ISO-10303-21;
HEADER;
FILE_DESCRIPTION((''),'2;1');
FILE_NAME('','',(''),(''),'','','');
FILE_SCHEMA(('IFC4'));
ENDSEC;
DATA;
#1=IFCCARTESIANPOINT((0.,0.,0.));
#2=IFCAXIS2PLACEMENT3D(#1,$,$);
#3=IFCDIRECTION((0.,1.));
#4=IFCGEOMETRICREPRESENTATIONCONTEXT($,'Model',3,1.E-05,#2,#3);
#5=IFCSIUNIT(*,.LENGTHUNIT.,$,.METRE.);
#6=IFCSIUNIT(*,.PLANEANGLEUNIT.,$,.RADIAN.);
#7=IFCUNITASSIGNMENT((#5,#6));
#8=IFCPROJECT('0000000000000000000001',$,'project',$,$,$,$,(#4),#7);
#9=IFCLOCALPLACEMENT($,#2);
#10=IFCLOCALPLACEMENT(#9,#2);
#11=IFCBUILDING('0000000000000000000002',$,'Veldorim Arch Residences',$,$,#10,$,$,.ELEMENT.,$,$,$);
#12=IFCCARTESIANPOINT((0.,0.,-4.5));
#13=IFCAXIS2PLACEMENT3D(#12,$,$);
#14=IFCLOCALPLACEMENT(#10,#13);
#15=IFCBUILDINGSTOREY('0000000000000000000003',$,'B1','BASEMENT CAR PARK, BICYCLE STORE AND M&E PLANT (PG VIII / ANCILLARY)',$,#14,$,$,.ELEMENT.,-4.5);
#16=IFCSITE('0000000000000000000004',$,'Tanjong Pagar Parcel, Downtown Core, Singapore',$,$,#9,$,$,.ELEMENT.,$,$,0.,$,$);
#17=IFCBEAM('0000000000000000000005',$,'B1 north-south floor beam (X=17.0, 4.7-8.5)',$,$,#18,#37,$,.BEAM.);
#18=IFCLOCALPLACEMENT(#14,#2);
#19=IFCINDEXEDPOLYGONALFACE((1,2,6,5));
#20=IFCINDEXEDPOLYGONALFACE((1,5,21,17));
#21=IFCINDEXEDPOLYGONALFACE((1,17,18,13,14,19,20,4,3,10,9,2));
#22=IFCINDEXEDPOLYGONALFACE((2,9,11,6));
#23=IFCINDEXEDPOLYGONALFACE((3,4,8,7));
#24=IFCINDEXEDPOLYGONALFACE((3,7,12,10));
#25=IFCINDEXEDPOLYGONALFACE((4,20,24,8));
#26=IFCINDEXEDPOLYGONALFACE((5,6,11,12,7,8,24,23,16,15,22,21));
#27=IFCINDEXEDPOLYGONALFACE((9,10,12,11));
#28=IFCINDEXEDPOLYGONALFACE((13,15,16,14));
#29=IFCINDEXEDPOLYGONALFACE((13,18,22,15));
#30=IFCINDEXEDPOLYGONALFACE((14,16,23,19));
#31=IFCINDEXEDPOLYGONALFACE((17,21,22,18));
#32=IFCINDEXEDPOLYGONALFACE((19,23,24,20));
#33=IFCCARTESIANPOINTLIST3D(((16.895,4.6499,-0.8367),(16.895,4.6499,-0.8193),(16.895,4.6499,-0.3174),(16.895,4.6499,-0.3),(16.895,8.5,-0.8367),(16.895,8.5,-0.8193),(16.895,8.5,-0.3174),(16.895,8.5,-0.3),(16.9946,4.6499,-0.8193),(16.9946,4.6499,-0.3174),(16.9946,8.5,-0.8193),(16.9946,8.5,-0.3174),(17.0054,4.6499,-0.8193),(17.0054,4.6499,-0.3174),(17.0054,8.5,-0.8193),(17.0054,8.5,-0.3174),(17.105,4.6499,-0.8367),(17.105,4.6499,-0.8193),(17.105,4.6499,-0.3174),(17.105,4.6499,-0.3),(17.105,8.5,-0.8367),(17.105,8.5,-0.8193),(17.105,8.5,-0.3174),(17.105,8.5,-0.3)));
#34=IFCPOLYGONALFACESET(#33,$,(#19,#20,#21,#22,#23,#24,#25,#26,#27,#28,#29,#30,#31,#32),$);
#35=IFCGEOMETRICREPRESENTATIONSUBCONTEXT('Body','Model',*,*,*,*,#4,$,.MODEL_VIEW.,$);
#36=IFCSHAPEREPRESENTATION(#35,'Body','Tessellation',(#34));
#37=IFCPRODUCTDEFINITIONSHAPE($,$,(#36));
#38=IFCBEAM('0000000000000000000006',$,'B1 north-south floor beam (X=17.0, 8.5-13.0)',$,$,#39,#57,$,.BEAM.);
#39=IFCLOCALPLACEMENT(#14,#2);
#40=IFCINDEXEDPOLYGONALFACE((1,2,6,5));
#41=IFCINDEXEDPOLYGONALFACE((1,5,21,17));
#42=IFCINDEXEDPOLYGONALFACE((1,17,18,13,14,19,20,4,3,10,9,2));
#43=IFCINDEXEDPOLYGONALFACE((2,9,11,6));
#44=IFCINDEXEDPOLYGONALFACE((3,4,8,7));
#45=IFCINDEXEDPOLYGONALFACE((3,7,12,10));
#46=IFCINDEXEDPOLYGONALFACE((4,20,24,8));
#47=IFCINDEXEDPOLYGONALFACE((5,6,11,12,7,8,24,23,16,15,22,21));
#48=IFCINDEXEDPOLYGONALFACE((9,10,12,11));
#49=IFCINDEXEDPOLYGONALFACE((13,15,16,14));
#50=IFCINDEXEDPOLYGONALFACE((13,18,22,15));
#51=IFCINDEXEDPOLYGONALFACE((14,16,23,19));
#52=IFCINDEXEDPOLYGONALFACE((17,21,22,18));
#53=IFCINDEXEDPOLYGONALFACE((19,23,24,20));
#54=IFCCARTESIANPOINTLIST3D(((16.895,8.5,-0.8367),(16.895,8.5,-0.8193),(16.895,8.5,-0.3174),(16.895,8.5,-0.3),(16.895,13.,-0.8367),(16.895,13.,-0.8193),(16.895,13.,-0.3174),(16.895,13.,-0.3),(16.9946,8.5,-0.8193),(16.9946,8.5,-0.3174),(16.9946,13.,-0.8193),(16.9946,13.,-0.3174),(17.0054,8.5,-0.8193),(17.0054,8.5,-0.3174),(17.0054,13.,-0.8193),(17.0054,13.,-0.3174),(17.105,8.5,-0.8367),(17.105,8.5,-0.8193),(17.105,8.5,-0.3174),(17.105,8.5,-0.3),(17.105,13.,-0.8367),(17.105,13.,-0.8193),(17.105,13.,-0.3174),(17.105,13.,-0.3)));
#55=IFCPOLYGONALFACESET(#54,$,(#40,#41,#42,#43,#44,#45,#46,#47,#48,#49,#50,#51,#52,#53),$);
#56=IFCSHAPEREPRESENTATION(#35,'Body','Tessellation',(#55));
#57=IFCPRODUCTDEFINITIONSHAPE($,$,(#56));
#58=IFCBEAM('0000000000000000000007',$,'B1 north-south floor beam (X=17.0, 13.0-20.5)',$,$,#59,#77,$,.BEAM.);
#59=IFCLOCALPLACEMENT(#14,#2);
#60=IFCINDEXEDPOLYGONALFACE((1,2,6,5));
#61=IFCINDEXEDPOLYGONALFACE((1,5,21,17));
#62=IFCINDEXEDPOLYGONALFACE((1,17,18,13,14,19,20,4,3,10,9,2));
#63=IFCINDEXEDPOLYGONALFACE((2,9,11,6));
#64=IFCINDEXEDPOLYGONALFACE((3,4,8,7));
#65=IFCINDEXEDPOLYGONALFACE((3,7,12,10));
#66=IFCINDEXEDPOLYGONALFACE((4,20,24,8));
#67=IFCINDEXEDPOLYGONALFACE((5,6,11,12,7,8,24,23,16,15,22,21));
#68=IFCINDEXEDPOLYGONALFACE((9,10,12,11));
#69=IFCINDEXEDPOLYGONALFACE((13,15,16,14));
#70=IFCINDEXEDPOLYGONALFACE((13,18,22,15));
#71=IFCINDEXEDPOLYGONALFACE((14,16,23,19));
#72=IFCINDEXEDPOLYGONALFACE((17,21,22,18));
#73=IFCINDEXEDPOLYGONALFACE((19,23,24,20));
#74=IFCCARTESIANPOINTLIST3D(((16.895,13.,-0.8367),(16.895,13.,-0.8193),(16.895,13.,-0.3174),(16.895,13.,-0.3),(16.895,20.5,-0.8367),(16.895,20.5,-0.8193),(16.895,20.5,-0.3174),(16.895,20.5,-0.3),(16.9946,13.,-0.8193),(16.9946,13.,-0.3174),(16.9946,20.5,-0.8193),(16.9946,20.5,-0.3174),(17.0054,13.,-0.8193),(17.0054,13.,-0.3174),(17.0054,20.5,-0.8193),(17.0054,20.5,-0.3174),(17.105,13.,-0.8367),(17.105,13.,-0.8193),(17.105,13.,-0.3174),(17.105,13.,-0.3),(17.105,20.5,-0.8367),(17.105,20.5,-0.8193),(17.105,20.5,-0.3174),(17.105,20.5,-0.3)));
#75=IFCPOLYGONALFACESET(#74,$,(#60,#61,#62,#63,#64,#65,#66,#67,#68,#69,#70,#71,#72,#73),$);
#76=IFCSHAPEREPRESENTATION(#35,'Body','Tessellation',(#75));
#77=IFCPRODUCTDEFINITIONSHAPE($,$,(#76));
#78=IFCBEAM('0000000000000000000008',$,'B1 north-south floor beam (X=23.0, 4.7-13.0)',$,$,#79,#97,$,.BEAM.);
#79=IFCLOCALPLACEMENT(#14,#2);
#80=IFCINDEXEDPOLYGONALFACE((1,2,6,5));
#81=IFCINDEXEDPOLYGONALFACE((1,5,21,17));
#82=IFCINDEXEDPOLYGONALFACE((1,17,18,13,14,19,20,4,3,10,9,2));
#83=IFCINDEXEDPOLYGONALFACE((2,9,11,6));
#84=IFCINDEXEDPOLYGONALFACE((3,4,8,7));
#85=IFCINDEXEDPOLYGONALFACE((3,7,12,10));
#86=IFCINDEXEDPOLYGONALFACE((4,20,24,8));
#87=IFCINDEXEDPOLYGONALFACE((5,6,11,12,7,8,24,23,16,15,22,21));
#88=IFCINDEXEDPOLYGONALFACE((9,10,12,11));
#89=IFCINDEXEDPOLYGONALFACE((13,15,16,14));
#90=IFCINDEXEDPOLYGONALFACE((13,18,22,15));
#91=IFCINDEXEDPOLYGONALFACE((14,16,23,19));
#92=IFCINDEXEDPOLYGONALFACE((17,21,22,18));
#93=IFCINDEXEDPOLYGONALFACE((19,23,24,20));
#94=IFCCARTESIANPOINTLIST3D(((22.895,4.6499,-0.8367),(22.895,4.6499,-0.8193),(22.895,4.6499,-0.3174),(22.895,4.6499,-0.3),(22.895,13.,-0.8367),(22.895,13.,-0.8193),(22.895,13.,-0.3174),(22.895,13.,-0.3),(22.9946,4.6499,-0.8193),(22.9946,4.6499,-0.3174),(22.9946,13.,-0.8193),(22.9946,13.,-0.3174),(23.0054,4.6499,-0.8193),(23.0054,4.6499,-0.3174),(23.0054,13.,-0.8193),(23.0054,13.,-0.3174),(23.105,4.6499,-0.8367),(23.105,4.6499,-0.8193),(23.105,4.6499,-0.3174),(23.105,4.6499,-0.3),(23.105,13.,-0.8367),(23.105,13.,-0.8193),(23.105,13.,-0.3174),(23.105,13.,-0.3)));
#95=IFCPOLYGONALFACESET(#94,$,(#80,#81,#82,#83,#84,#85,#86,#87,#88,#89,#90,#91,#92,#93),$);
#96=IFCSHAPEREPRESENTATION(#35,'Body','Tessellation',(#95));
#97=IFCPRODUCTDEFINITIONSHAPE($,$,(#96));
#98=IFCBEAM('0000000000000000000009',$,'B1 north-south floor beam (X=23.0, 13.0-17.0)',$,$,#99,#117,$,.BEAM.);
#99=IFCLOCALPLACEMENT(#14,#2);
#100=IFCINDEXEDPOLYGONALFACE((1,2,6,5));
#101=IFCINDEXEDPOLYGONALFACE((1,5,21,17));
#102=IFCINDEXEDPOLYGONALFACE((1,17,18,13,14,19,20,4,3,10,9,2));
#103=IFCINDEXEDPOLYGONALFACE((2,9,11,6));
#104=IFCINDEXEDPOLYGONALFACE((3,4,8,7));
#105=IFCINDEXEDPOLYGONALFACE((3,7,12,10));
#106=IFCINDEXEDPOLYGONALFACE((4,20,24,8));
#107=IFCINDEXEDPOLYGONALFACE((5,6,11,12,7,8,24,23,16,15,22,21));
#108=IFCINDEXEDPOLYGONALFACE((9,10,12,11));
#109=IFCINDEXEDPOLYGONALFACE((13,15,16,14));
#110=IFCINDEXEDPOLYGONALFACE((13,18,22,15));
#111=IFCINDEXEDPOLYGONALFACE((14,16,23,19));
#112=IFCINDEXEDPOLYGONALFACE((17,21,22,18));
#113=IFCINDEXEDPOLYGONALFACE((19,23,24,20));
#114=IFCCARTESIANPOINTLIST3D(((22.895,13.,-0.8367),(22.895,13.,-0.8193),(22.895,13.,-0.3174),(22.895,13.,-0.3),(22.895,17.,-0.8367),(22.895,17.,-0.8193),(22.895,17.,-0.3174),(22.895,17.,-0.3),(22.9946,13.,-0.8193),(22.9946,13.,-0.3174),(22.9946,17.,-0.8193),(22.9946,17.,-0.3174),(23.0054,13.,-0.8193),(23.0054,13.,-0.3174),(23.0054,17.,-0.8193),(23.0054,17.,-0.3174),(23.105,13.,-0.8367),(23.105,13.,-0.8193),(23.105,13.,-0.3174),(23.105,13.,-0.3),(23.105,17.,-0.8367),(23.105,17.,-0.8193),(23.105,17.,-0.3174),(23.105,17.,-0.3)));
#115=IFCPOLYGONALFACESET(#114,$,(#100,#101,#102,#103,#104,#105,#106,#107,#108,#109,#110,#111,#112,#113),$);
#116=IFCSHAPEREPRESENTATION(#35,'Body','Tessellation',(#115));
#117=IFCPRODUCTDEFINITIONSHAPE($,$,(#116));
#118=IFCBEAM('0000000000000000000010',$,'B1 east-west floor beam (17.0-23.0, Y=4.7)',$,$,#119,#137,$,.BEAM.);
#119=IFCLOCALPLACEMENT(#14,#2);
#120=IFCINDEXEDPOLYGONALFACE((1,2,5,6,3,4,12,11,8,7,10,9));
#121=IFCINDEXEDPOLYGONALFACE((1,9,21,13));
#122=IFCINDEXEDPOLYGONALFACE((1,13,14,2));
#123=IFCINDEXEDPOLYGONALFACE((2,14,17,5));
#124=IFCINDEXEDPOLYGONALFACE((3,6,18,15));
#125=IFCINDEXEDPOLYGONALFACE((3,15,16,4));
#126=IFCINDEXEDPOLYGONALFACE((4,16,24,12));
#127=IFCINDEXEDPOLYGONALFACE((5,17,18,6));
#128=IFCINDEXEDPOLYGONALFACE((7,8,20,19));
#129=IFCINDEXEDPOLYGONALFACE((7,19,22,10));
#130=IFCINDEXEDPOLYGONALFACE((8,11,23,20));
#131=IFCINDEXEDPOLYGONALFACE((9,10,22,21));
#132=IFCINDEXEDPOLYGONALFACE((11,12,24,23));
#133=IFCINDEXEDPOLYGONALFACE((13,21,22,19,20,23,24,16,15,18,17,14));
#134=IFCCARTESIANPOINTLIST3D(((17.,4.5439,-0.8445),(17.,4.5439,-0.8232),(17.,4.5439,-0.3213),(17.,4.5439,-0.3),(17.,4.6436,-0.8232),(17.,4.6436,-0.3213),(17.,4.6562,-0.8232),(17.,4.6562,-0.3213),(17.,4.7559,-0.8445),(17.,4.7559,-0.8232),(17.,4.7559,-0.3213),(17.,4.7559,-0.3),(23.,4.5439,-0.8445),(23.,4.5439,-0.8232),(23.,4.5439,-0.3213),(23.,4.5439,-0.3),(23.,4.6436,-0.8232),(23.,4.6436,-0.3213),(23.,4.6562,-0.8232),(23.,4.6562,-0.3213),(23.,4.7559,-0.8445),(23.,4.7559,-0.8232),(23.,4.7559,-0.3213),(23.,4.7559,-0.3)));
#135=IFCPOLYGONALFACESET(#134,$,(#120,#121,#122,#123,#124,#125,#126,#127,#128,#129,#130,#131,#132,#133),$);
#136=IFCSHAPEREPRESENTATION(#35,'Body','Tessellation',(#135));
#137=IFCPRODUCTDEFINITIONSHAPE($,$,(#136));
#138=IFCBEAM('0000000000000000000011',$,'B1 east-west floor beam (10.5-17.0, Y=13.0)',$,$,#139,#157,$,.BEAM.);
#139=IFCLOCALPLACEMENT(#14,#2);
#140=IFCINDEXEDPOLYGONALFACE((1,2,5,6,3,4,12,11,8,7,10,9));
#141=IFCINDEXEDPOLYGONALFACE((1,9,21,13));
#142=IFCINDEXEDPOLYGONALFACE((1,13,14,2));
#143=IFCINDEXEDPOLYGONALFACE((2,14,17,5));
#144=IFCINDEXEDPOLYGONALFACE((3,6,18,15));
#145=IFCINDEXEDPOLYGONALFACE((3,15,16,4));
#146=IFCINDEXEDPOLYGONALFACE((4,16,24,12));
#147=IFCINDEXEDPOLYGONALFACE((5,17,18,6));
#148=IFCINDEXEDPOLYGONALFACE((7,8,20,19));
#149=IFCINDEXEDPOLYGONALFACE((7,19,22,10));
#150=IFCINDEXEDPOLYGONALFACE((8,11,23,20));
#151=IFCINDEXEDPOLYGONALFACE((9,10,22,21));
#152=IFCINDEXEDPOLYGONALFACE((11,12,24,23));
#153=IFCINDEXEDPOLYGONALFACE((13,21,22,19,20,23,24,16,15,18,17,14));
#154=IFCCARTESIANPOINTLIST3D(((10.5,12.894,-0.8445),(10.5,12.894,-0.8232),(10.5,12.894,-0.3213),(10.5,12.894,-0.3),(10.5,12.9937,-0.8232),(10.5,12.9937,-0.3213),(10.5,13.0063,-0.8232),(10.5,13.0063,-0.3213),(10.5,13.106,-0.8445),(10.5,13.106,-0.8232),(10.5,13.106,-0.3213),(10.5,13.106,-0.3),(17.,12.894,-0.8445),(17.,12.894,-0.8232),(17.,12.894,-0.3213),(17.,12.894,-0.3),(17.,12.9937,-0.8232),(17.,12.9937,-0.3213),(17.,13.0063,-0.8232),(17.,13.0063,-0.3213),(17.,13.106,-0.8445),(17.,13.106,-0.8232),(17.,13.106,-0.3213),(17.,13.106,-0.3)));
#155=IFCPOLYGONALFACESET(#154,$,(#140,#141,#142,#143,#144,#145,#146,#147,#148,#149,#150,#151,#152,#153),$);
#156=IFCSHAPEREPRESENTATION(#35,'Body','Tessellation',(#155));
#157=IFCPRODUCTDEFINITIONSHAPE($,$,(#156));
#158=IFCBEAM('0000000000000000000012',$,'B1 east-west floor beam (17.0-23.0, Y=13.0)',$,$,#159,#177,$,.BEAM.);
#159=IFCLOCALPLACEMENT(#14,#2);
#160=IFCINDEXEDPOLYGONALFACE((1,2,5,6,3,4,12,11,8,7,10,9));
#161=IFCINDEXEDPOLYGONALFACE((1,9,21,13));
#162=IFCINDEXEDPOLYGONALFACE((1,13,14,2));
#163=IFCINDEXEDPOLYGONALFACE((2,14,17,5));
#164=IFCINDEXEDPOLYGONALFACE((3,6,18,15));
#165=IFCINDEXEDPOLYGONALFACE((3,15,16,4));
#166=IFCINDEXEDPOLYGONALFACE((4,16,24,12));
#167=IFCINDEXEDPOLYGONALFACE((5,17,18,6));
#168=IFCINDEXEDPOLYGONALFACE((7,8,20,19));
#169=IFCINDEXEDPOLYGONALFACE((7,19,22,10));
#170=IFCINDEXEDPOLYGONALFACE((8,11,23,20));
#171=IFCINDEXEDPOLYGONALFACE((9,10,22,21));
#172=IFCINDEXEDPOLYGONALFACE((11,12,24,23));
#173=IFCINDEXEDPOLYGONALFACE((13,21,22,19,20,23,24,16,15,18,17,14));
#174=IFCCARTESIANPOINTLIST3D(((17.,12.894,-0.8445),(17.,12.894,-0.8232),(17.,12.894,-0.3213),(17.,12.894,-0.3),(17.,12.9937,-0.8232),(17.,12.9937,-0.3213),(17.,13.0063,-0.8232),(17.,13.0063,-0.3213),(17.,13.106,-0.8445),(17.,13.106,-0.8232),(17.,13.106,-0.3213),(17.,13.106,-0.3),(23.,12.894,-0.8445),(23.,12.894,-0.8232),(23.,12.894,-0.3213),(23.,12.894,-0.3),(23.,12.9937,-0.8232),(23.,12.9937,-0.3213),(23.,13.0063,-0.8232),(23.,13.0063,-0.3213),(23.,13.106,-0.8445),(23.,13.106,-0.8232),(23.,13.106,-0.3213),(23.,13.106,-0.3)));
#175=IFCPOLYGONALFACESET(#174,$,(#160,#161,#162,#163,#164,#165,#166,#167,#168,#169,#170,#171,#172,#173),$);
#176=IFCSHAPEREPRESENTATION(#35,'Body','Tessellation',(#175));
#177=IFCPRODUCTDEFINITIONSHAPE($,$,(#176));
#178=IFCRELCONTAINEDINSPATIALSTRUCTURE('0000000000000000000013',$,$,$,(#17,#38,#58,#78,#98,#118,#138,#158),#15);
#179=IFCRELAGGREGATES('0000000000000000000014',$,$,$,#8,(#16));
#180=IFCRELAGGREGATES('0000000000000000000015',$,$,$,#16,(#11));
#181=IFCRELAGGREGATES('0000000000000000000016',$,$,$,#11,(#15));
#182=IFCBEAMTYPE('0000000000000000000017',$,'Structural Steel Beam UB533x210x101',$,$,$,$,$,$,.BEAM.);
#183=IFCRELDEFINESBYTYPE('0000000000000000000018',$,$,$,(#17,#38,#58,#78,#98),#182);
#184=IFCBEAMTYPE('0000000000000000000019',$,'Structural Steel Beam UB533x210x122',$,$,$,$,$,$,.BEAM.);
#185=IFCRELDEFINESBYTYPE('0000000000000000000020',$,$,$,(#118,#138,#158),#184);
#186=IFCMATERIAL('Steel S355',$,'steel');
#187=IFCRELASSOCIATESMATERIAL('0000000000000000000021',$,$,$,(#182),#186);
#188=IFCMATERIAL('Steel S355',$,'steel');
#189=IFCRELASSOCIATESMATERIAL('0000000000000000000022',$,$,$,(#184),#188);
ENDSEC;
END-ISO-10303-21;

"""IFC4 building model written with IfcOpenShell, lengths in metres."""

from ifc_helpers import new_model, si_unit, direction, frame, origin, origin_2d, place, context, subcontext, project, spatial, i_section, extrude, material, material_profile, profile_set, type_object, element, save


model = new_model("IFC4")

# Units and contexts
model_context = context("Model", 3, precision=1e-05, world=origin(), true_north=direction((0.0, 1.0)))
body_context = subcontext(model_context, "Body", "Model", "MODEL_VIEW")
ifc_project = project(units=[si_unit("LENGTHUNIT", "METRE"), si_unit("PLANEANGLEUNIT", "RADIAN")], contexts=[model_context])

# Site, building, storey
site_placement = place(None, origin())
site = spatial("IfcSite", under=ifc_project, at=site_placement, Name="Tanjong Pagar Parcel, Downtown Core, Singapore", CompositionType="ELEMENT", RefElevation=0.0)
building_placement = place(site_placement, origin())
building = spatial("IfcBuilding", under=site, at=building_placement, Name="Veldorim Arch Residences", CompositionType="ELEMENT")
storey_placement = place(building_placement, frame((0.0, 0.0, -4.5)))
storey = spatial("IfcBuildingStorey", under=building, at=storey_placement, Name="B1", Description="BASEMENT CAR PARK, BICYCLE STORE AND M&E PLANT (PG VIII / ANCILLARY)", CompositionType="ELEMENT", Elevation=-4.5)

# Beams
ifc_material_1 = material(Name="Steel S355", Category="steel")
ifc_material_profile_1 = material_profile(ifc_material_1, i_section(OverallWidth=0.21, OverallDepth=0.5366, WebThickness=0.0107, FlangeThickness=0.0173, at=origin_2d()), Name="UB533x210x101")
ifc_profile_set_1 = profile_set([ifc_material_profile_1], Name="Steel S355")
beam_type_1 = type_object("IfcBeamType", Name="Structural Steel Beam UB533x210x101", PredefinedType="BEAM", material=ifc_profile_set_1)
beam_1_placement = place(storey_placement, frame((17.0, 4.6499, -0.5684), z_axis=(0.0, 1.0, 0.0), x_axis=(-1.0, 0.0, 0.0)))
element("IfcBeam", 1, at=beam_1_placement, inside=storey, type_object=beam_type_1, Name="B1 north-south floor beam (X=17.0, 4.7-8.5)", PredefinedType="BEAM", context=body_context, shape_type="SweptSolid", body=[
    extrude(i_section(OverallWidth=0.21, OverallDepth=0.5366, WebThickness=0.0107, FlangeThickness=0.0173, at=origin_2d()), origin(), (0.0, 0.0, 1.0), 3.8501),
])
beam_2_placement = place(storey_placement, frame((17.0, 8.5, -0.5684), z_axis=(0.0, 1.0, 0.0), x_axis=(-1.0, 0.0, 0.0)))
element("IfcBeam", 2, at=beam_2_placement, inside=storey, type_object=beam_type_1, Name="B1 north-south floor beam (X=17.0, 8.5-13.0)", PredefinedType="BEAM", context=body_context, shape_type="SweptSolid", body=[
    extrude(i_section(OverallWidth=0.21, OverallDepth=0.5366, WebThickness=0.0107, FlangeThickness=0.0173, at=origin_2d()), origin(), (0.0, 0.0, 1.0), 4.5),
])
beam_3_placement = place(storey_placement, frame((17.0, 13.0, -0.5684), z_axis=(0.0, 1.0, 0.0), x_axis=(-1.0, 0.0, 0.0)))
element("IfcBeam", 3, at=beam_3_placement, inside=storey, type_object=beam_type_1, Name="B1 north-south floor beam (X=17.0, 13.0-20.5)", PredefinedType="BEAM", context=body_context, shape_type="SweptSolid", body=[
    extrude(i_section(OverallWidth=0.21, OverallDepth=0.5366, WebThickness=0.0107, FlangeThickness=0.0173, at=origin_2d()), origin(), (0.0, 0.0, 1.0), 7.5),
])
beam_4_placement = place(storey_placement, frame((23.0, 4.6499, -0.5684), z_axis=(0.0, 1.0, 0.0), x_axis=(-1.0, 0.0, 0.0)))
element("IfcBeam", 4, at=beam_4_placement, inside=storey, type_object=beam_type_1, Name="B1 north-south floor beam (X=23.0, 4.7-13.0)", PredefinedType="BEAM", context=body_context, shape_type="SweptSolid", body=[
    extrude(i_section(OverallWidth=0.21, OverallDepth=0.5366, WebThickness=0.0107, FlangeThickness=0.0173, at=origin_2d()), origin(), (0.0, 0.0, 1.0), 8.3501),
])
beam_5_placement = place(storey_placement, frame((23.0, 13.0, -0.5684), z_axis=(0.0, 1.0, 0.0), x_axis=(-1.0, 0.0, 0.0)))
element("IfcBeam", 5, at=beam_5_placement, inside=storey, type_object=beam_type_1, Name="B1 north-south floor beam (X=23.0, 13.0-17.0)", PredefinedType="BEAM", context=body_context, shape_type="SweptSolid", body=[
    extrude(i_section(OverallWidth=0.21, OverallDepth=0.5366, WebThickness=0.0107, FlangeThickness=0.0173, at=origin_2d()), origin(), (0.0, 0.0, 1.0), 4.0),
])
ifc_material_2 = material(Name="Steel S355", Category="steel")
ifc_material_profile_2 = material_profile(ifc_material_2, i_section(OverallWidth=0.2119, OverallDepth=0.5444, WebThickness=0.0127, FlangeThickness=0.0212, at=origin_2d()), Name="UB533x210x122")
ifc_profile_set_2 = profile_set([ifc_material_profile_2], Name="Steel S355")
beam_type_2 = type_object("IfcBeamType", Name="Structural Steel Beam UB533x210x122", PredefinedType="BEAM", material=ifc_profile_set_2)
beam_6_placement = place(storey_placement, frame((17.0, 4.6499, -0.5723), z_axis=(1.0, 0.0, 0.0), x_axis=(0.0, 1.0, 0.0)))
element("IfcBeam", 6, at=beam_6_placement, inside=storey, type_object=beam_type_2, Name="B1 east-west floor beam (17.0-23.0, Y=4.7)", PredefinedType="BEAM", context=body_context, shape_type="SweptSolid", body=[
    extrude(i_section(OverallWidth=0.2119, OverallDepth=0.5444, WebThickness=0.0127, FlangeThickness=0.0212, at=origin_2d()), origin(), (0.0, 0.0, 1.0), 6.0),
])
beam_7_placement = place(storey_placement, frame((10.5, 13.0, -0.5723), z_axis=(1.0, 0.0, 0.0), x_axis=(0.0, 1.0, 0.0)))
element("IfcBeam", 7, at=beam_7_placement, inside=storey, type_object=beam_type_2, Name="B1 east-west floor beam (10.5-17.0, Y=13.0)", PredefinedType="BEAM", context=body_context, shape_type="SweptSolid", body=[
    extrude(i_section(OverallWidth=0.2119, OverallDepth=0.5444, WebThickness=0.0127, FlangeThickness=0.0212, at=origin_2d()), origin(), (0.0, 0.0, 1.0), 6.5),
])
beam_8_placement = place(storey_placement, frame((17.0, 13.0, -0.5723), z_axis=(1.0, 0.0, 0.0), x_axis=(0.0, 1.0, 0.0)))
element("IfcBeam", 8, at=beam_8_placement, inside=storey, type_object=beam_type_2, Name="B1 east-west floor beam (17.0-23.0, Y=13.0)", PredefinedType="BEAM", context=body_context, shape_type="SweptSolid", body=[
    extrude(i_section(OverallWidth=0.2119, OverallDepth=0.5444, WebThickness=0.0127, FlangeThickness=0.0212, at=origin_2d()), origin(), (0.0, 0.0, 1.0), 6.0),
])

save(model, "model.ifc")
